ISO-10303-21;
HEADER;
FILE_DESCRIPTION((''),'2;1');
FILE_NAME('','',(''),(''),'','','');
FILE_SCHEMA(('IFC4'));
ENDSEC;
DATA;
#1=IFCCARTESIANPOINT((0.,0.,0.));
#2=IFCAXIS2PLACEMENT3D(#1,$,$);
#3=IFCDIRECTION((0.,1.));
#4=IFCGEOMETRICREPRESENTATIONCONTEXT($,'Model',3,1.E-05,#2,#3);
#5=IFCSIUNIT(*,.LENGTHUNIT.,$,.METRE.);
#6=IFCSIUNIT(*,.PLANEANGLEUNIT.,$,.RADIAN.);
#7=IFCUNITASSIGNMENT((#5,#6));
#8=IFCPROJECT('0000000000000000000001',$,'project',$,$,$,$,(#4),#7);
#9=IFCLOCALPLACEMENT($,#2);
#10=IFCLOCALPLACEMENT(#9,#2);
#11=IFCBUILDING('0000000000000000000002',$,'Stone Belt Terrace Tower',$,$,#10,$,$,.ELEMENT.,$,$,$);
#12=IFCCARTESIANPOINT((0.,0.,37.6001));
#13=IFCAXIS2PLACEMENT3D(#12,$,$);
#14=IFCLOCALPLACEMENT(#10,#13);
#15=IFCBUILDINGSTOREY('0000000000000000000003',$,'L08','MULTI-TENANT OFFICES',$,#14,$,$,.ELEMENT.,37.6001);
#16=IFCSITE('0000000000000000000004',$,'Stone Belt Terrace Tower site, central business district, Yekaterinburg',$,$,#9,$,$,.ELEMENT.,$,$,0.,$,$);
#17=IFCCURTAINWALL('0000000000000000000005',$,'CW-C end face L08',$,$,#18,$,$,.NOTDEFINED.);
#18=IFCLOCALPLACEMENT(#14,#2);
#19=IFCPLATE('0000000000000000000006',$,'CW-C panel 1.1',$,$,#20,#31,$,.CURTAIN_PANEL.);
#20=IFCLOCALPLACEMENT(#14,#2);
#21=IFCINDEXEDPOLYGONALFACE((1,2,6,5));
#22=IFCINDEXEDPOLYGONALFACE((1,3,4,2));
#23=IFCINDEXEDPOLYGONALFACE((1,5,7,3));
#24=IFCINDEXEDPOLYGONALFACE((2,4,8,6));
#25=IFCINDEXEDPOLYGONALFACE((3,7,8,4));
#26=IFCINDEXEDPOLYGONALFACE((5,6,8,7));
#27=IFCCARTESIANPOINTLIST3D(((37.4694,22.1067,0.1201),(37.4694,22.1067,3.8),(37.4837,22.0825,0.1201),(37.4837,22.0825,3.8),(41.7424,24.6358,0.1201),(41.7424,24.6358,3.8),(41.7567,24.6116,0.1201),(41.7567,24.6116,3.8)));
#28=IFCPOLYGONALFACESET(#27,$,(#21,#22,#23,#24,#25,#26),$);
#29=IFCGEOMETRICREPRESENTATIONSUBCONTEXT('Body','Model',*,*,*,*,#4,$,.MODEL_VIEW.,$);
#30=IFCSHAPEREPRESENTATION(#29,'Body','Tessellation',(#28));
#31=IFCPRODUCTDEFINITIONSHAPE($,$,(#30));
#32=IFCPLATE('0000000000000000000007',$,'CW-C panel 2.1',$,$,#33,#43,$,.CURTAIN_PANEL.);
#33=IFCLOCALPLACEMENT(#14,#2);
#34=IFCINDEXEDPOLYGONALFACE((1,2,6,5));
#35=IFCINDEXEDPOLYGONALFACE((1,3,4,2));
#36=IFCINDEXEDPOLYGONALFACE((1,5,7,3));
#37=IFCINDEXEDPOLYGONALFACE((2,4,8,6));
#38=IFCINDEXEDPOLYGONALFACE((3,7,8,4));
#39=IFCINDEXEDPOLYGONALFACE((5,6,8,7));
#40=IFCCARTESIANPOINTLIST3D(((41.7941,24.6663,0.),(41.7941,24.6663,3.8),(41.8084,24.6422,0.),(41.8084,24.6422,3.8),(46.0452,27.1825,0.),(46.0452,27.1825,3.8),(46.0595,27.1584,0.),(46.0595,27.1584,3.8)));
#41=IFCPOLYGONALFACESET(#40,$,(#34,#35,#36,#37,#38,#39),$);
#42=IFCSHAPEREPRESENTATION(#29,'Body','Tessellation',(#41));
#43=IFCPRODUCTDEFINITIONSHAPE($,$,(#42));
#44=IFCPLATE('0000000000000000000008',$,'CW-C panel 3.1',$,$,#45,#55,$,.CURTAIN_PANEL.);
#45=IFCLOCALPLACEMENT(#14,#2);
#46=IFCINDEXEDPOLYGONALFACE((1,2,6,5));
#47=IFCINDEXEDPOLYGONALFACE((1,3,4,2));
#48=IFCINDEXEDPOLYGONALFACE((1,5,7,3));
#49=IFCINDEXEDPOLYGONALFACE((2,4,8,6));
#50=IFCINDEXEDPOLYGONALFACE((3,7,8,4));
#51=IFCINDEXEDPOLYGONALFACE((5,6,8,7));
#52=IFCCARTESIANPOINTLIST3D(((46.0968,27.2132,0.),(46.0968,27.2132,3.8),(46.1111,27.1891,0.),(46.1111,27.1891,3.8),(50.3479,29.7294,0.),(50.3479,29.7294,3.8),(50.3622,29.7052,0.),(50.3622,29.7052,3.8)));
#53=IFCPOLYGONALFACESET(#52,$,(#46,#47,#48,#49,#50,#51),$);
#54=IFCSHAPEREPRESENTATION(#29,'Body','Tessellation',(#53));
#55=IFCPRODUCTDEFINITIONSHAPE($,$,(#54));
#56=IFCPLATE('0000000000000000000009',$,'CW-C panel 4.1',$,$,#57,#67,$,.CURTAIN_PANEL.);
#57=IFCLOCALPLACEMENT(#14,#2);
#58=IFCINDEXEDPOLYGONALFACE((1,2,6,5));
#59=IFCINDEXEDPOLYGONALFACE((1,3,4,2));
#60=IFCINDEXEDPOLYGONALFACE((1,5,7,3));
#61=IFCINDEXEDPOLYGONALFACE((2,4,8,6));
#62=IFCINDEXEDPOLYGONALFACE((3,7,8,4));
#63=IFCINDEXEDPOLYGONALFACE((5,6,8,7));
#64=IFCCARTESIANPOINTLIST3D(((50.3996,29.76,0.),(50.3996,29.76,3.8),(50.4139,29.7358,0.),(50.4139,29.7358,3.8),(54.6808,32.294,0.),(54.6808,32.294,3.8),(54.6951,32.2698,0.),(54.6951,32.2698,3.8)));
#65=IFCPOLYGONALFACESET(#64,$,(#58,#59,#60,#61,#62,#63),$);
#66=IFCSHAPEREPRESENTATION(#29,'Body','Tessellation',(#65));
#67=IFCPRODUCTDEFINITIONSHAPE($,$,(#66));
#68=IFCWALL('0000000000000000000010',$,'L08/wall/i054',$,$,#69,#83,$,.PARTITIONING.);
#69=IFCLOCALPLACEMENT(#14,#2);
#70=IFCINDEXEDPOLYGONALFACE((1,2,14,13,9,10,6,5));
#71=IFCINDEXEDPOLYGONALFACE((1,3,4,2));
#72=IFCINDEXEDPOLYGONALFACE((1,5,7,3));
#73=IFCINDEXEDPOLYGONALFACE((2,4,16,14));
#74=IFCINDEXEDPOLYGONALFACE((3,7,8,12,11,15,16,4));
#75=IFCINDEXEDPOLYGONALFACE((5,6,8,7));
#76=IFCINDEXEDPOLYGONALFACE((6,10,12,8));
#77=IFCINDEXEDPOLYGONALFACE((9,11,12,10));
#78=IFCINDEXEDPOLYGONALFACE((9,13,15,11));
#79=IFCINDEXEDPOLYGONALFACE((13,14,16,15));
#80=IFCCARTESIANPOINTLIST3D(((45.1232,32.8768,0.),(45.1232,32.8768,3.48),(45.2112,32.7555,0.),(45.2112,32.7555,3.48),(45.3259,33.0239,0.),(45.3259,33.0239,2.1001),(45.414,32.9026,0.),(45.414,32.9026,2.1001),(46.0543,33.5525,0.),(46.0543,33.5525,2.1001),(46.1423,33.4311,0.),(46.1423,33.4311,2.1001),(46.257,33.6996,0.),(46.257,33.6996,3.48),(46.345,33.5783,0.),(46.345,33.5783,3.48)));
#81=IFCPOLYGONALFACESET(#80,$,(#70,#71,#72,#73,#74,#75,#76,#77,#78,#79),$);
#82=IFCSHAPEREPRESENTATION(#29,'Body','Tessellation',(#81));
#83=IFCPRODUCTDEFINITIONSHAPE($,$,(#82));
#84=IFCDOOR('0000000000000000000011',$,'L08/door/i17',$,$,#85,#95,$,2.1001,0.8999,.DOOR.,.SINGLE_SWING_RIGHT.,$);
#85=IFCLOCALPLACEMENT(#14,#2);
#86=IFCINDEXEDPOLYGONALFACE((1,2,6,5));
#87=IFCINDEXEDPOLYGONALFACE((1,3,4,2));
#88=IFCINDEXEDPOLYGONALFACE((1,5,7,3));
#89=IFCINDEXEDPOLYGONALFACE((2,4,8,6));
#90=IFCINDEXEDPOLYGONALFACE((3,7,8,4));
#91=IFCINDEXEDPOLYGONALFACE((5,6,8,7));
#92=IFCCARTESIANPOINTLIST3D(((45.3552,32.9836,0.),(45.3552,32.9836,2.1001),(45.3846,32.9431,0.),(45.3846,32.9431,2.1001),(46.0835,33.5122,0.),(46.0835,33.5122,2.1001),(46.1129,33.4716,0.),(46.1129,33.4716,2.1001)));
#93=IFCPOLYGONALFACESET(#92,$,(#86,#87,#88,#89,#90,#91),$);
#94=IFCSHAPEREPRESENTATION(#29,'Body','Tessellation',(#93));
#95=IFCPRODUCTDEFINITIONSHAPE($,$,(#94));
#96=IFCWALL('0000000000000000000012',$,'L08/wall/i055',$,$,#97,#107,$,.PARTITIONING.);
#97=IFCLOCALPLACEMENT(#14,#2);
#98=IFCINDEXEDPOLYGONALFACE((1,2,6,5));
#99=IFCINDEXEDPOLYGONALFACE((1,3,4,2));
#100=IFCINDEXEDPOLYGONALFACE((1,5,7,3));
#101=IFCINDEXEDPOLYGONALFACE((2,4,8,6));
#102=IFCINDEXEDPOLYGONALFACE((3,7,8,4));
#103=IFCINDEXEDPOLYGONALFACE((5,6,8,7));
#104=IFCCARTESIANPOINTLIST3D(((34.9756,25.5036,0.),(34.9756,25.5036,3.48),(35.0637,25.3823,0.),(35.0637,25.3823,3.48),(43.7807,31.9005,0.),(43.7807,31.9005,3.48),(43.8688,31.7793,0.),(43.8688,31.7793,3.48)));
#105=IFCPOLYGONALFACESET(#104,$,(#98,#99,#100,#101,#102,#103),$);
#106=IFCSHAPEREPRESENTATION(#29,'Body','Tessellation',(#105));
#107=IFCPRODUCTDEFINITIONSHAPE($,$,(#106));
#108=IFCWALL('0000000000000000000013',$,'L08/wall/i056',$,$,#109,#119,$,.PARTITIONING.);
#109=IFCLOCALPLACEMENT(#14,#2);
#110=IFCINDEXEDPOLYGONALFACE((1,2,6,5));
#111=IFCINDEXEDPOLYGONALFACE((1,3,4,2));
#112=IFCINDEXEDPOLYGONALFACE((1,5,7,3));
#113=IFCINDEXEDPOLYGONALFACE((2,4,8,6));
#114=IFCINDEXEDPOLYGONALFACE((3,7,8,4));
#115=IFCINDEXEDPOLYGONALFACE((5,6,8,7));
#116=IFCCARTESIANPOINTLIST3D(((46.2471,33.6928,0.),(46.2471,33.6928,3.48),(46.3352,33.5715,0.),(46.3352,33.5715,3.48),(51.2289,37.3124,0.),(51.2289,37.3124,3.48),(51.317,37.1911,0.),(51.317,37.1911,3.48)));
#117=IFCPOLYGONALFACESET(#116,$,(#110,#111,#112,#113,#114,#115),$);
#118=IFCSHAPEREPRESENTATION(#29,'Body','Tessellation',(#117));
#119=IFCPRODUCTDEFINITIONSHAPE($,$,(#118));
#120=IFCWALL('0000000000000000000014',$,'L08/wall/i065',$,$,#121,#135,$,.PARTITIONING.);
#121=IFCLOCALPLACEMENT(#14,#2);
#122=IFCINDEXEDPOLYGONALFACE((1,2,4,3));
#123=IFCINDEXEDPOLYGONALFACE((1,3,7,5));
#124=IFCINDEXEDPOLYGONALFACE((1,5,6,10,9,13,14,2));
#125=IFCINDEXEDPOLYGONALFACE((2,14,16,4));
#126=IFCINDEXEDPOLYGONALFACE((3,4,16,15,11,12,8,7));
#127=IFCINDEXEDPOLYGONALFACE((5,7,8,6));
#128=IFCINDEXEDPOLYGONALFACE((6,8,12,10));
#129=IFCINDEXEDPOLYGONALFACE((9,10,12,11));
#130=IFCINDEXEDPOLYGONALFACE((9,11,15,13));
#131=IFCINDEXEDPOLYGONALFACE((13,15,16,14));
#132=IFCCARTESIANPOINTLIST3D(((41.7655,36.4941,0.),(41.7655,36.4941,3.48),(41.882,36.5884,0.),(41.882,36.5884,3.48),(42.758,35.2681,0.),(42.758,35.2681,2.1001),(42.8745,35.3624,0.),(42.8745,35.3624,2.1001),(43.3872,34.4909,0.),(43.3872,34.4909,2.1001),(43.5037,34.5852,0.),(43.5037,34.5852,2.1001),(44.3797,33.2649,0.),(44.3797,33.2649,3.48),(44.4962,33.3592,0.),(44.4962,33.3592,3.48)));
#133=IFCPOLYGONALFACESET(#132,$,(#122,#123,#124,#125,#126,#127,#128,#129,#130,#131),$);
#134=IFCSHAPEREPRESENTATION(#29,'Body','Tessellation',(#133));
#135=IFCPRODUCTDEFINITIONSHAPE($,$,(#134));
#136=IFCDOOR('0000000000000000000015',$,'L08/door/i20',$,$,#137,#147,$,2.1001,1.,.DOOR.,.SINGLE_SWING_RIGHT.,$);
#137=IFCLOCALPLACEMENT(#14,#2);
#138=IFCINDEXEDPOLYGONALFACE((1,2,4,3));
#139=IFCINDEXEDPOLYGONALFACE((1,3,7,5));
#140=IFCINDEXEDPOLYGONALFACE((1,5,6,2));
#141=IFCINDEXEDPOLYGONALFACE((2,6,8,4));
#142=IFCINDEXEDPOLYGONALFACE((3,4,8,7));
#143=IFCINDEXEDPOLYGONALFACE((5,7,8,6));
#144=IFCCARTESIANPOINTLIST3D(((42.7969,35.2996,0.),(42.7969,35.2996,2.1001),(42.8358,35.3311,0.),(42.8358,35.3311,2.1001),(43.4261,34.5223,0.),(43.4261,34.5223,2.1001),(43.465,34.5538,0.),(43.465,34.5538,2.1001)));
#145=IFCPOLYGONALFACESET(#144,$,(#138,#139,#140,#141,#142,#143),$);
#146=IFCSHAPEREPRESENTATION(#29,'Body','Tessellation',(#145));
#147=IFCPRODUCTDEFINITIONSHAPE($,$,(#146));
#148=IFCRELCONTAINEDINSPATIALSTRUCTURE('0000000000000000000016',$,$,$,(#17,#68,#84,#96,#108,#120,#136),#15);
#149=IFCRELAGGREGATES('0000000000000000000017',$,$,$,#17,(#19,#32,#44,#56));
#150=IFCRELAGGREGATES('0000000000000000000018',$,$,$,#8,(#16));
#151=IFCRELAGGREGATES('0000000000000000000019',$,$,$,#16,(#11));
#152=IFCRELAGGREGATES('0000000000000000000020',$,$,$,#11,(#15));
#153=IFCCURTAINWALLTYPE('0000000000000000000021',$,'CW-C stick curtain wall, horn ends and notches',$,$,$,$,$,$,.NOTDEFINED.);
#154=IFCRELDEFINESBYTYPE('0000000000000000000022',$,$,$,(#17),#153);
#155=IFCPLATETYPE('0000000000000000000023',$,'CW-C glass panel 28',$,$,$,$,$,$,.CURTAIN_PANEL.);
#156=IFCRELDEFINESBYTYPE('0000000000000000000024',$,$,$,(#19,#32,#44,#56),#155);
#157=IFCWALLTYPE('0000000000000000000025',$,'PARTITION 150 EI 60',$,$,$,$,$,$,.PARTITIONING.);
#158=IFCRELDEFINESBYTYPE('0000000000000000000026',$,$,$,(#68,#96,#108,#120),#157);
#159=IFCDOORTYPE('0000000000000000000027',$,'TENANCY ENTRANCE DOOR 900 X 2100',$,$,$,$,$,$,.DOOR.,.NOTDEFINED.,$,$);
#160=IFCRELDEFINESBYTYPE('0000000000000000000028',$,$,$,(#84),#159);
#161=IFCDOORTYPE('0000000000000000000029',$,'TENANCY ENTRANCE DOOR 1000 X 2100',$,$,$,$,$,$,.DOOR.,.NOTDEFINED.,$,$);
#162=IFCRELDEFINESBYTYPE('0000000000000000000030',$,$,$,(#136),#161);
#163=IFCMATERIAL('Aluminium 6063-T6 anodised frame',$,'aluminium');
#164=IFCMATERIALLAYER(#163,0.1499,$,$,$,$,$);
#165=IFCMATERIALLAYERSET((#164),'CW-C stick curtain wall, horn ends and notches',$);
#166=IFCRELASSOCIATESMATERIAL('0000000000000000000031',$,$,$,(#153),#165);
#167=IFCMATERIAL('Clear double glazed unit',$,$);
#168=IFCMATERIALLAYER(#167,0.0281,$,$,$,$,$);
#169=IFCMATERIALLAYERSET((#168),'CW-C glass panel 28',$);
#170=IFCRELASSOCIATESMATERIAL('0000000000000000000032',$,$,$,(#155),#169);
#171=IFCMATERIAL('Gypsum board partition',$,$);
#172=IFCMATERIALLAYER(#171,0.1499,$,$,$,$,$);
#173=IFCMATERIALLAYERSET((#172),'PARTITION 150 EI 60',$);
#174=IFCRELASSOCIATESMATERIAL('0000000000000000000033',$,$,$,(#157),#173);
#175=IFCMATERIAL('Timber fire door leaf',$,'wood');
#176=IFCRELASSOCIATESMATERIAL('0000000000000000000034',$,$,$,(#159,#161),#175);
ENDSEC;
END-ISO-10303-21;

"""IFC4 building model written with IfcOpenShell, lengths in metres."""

from ifc_helpers import new_model, si_unit, direction, frame, frame_2d, origin, origin_2d, place, context, subcontext, project, spatial, rectangle, extrude, material, layer, layer_set, type_object, element, fill, aggregate, save


model = new_model("IFC4")

# Units and contexts
model_context = context("Model", 3, precision=1e-05, world=origin(), true_north=direction((0.0, 1.0)))
body_context = subcontext(model_context, "Body", "Model", "MODEL_VIEW")
ifc_project = project(units=[si_unit("LENGTHUNIT", "METRE"), si_unit("PLANEANGLEUNIT", "RADIAN")], contexts=[model_context])

# Site, building, storey
site_placement = place(None, origin())
site = spatial("IfcSite", under=ifc_project, at=site_placement, Name="Stone Belt Terrace Tower site, central business district, Yekaterinburg", CompositionType="ELEMENT", RefElevation=0.0)
building_placement = place(site_placement, origin())
building = spatial("IfcBuilding", under=site, at=building_placement, Name="Stone Belt Terrace Tower", CompositionType="ELEMENT")
storey_placement = place(building_placement, frame((0.0, 0.0, 37.6001)))
storey = spatial("IfcBuildingStorey", under=building, at=storey_placement, Name="L08", Description="MULTI-TENANT OFFICES", CompositionType="ELEMENT", Elevation=37.6001)

# Curtain wall
ifc_material_1 = material(Name="Aluminium 6063-T6 anodised frame", Category="aluminium")
ifc_layer_1 = layer(ifc_material_1, 0.1499)
ifc_layer_set_1 = layer_set([ifc_layer_1], Name="CW-C stick curtain wall, horn ends and notches")
curtain_wall_type_1 = type_object("IfcCurtainWallType", Name="CW-C stick curtain wall, horn ends and notches", PredefinedType="NOTDEFINED", material=ifc_layer_set_1)
curtain_wall_1_placement = place(storey_placement, origin())
curtain_wall_1 = element("IfcCurtainWall", 1, at=curtain_wall_1_placement, inside=storey, type_object=curtain_wall_type_1, Name="CW-C end face L08", PredefinedType="NOTDEFINED")

# Shared definitions
ifc_material_2 = material(Name="Clear double glazed unit")

# Plates
ifc_layer_2 = layer(ifc_material_2, 0.0281)
ifc_layer_set_2 = layer_set([ifc_layer_2], Name="CW-C glass panel 28")
plate_type_1 = type_object("IfcPlateType", Name="CW-C glass panel 28", PredefinedType="CURTAIN_PANEL", material=ifc_layer_set_2)
plate_1_placement = place(storey_placement, frame((39.613, 23.3591, 0.1201), z_axis=(0.0, 0.0, 1.0), x_axis=(0.860558, 0.509353, 0.0)))
plate_1 = element("IfcPlate", 2, at=plate_1_placement, type_object=plate_type_1, Name="CW-C panel 1.1", PredefinedType="CURTAIN_PANEL", context=body_context, shape_type="SweptSolid", body=[
    extrude(rectangle(XDim=4.9653, YDim=0.0281, at=origin_2d()), origin(), (0.0, 0.0, 1.0), 3.6799),
])
plate_2_placement = place(storey_placement, frame((43.9268, 25.9124, 0.0), z_axis=(0.0, 0.0, 1.0), x_axis=(0.860558, 0.509353, 0.0)))
plate_2 = element("IfcPlate", 3, at=plate_2_placement, type_object=plate_type_1, Name="CW-C panel 2.1", PredefinedType="CURTAIN_PANEL", context=body_context, shape_type="SweptSolid", body=[
    extrude(rectangle(XDim=4.9399, YDim=0.0281, at=origin_2d()), origin(), (0.0, 0.0, 1.0), 3.8),
])
plate_3_placement = place(storey_placement, frame((48.2295, 28.4592, 0.0), z_axis=(0.0, 0.0, 1.0), x_axis=(0.860558, 0.509353, 0.0)))
plate_3 = element("IfcPlate", 4, at=plate_3_placement, type_object=plate_type_1, Name="CW-C panel 3.1", PredefinedType="CURTAIN_PANEL", context=body_context, shape_type="SweptSolid", body=[
    extrude(rectangle(XDim=4.9399, YDim=0.0281, at=origin_2d()), origin(), (0.0, 0.0, 1.0), 3.8),
])
plate_4_placement = place(storey_placement, frame((52.5474, 31.0149, 0.0), z_axis=(0.0, 0.0, 1.0), x_axis=(0.860558, 0.509353, 0.0)))
plate_4 = element("IfcPlate", 5, at=plate_4_placement, type_object=plate_type_1, Name="CW-C panel 4.1", PredefinedType="CURTAIN_PANEL", context=body_context, shape_type="SweptSolid", body=[
    extrude(rectangle(XDim=4.9749, YDim=0.0281, at=origin_2d()), origin(), (0.0, 0.0, 1.0), 3.8),
])
aggregate(curtain_wall_1, [plate_1, plate_2, plate_3, plate_4])

# Wall, opening, door
ifc_material_3 = material(Name="Gypsum board partition")
ifc_layer_3 = layer(ifc_material_3, 0.1499)
ifc_layer_set_3 = layer_set([ifc_layer_3], Name="PARTITION 150 EI 60")
wall_type = type_object("IfcWallType", Name="PARTITION 150 EI 60", PredefinedType="PARTITIONING", material=ifc_layer_set_3)
wall_1_placement = place(storey_placement, frame((46.301, 33.6389, 0.0), z_axis=(0.0, 0.0, 1.0), x_axis=(-0.809354, -0.587322, 0.0)))
wall_1 = element("IfcWall", 6, at=wall_1_placement, inside=storey, type_object=wall_type, Name="L08/wall/i054", PredefinedType="PARTITIONING", context=body_context, shape_type="SweptSolid", body=[
    extrude(rectangle(XDim=1.4009, YDim=0.1499, at=frame_2d((0.7004, 0.0))), origin(), (0.0, 0.0, 1.0), 3.48),
])
opening_1_placement = place(wall_1_placement, frame((0.2505, 0.0, 0.0)))
opening_1 = element("IfcOpeningElement", 7, at=opening_1_placement, cuts=wall_1, PredefinedType="OPENING", context=body_context, shape_type="SweptSolid", body=[
    extrude(rectangle(XDim=0.8999, YDim=2.1001, at=frame_2d((0.45, 1.05))), frame((0.0, 0.085, 0.0), z_axis=(0.0, -1.0, 0.0), x_axis=(1.0, 0.0, 0.0)), (0.0, 0.0, 1.0), 0.1699),
])
ifc_material_4 = material(Name="Timber fire door leaf", Category="wood")
door_type_1 = type_object("IfcDoorType", Name="TENANCY ENTRANCE DOOR 900 X 2100", OperationType="NOTDEFINED", PredefinedType="DOOR", material=ifc_material_4)
door_1_placement = place(opening_1_placement, origin())
door_1 = element("IfcDoor", 8, at=door_1_placement, inside=storey, type_object=door_type_1, Name="L08/door/i17", OperationType="SINGLE_SWING_RIGHT", OverallHeight=2.1001, OverallWidth=0.8999, PredefinedType="DOOR", context=body_context, shape_type="SweptSolid", body=[
    extrude(rectangle(XDim=0.8999, YDim=2.1001, at=frame_2d((0.45, 1.05))), frame((0.0, 0.0249, 0.0), z_axis=(0.0, -1.0, 0.0), x_axis=(1.0, 0.0, 0.0)), (0.0, 0.0, 1.0), 0.05),
])
fill(opening_1, door_1)

# Walls
wall_2_placement = place(storey_placement, frame((35.0195, 25.4429, 0.0), z_axis=(0.0, 0.0, 1.0), x_axis=(0.809033, 0.587763, 0.0)))
element("IfcWall", 9, at=wall_2_placement, inside=storey, type_object=wall_type, Name="L08/wall/i055", PredefinedType="PARTITIONING", context=body_context, shape_type="SweptSolid", body=[
    extrude(rectangle(XDim=10.8835, YDim=0.1499, at=frame_2d((5.4419, 0.0))), origin(), (0.0, 0.0, 1.0), 3.48),
])
wall_3_placement = place(storey_placement, frame((46.291, 33.6321, 0.0), z_axis=(0.0, 0.0, 1.0), x_axis=(0.809014, 0.58779, 0.0)))
element("IfcWall", 10, at=wall_3_placement, inside=storey, type_object=wall_type, Name="L08/wall/i056", PredefinedType="PARTITIONING", context=body_context, shape_type="SweptSolid", body=[
    extrude(rectangle(XDim=6.158, YDim=0.1499, at=frame_2d((3.0791, 0.0))), origin(), (0.0, 0.0, 1.0), 3.48),
])

# Wall, opening, door
wall_4_placement = place(storey_placement, frame((44.438, 33.312, 0.0), z_axis=(0.0, 0.0, 1.0), x_axis=(-0.629213, 0.777233, 0.0)))
wall_4 = element("IfcWall", 11, at=wall_4_placement, inside=storey, type_object=wall_type, Name="L08/wall/i065", PredefinedType="PARTITIONING", context=body_context, shape_type="SweptSolid", body=[
    extrude(rectangle(XDim=4.1548, YDim=0.1499, at=frame_2d((2.0774, 0.0))), origin(), (0.0, 0.0, 1.0), 3.48),
])
opening_2_placement = place(wall_4_placement, frame((1.5774, 0.0, 0.0)))
opening_2 = element("IfcOpeningElement", 12, at=opening_2_placement, cuts=wall_4, PredefinedType="OPENING", context=body_context, shape_type="SweptSolid", body=[
    extrude(rectangle(XDim=1.0, YDim=2.1001, at=frame_2d((0.5, 1.05))), frame((0.0, 0.085, 0.0), z_axis=(0.0, -1.0, 0.0), x_axis=(1.0, 0.0, 0.0)), (0.0, 0.0, 1.0), 0.1699),
])
door_type_2 = type_object("IfcDoorType", Name="TENANCY ENTRANCE DOOR 1000 X 2100", OperationType="NOTDEFINED", PredefinedType="DOOR", material=ifc_material_4)
door_2_placement = place(opening_2_placement, origin())
door_2 = element("IfcDoor", 13, at=door_2_placement, inside=storey, type_object=door_type_2, Name="L08/door/i20", OperationType="SINGLE_SWING_RIGHT", OverallHeight=2.1001, OverallWidth=1.0, PredefinedType="DOOR", context=body_context, shape_type="SweptSolid", body=[
    extrude(rectangle(XDim=1.0, YDim=2.1001, at=frame_2d((0.5, 1.05))), frame((0.0, 0.0249, 0.0), z_axis=(0.0, -1.0, 0.0), x_axis=(1.0, 0.0, 0.0)), (0.0, 0.0, 1.0), 0.05),
])
fill(opening_2, door_2)

save(model, "model.ifc")
